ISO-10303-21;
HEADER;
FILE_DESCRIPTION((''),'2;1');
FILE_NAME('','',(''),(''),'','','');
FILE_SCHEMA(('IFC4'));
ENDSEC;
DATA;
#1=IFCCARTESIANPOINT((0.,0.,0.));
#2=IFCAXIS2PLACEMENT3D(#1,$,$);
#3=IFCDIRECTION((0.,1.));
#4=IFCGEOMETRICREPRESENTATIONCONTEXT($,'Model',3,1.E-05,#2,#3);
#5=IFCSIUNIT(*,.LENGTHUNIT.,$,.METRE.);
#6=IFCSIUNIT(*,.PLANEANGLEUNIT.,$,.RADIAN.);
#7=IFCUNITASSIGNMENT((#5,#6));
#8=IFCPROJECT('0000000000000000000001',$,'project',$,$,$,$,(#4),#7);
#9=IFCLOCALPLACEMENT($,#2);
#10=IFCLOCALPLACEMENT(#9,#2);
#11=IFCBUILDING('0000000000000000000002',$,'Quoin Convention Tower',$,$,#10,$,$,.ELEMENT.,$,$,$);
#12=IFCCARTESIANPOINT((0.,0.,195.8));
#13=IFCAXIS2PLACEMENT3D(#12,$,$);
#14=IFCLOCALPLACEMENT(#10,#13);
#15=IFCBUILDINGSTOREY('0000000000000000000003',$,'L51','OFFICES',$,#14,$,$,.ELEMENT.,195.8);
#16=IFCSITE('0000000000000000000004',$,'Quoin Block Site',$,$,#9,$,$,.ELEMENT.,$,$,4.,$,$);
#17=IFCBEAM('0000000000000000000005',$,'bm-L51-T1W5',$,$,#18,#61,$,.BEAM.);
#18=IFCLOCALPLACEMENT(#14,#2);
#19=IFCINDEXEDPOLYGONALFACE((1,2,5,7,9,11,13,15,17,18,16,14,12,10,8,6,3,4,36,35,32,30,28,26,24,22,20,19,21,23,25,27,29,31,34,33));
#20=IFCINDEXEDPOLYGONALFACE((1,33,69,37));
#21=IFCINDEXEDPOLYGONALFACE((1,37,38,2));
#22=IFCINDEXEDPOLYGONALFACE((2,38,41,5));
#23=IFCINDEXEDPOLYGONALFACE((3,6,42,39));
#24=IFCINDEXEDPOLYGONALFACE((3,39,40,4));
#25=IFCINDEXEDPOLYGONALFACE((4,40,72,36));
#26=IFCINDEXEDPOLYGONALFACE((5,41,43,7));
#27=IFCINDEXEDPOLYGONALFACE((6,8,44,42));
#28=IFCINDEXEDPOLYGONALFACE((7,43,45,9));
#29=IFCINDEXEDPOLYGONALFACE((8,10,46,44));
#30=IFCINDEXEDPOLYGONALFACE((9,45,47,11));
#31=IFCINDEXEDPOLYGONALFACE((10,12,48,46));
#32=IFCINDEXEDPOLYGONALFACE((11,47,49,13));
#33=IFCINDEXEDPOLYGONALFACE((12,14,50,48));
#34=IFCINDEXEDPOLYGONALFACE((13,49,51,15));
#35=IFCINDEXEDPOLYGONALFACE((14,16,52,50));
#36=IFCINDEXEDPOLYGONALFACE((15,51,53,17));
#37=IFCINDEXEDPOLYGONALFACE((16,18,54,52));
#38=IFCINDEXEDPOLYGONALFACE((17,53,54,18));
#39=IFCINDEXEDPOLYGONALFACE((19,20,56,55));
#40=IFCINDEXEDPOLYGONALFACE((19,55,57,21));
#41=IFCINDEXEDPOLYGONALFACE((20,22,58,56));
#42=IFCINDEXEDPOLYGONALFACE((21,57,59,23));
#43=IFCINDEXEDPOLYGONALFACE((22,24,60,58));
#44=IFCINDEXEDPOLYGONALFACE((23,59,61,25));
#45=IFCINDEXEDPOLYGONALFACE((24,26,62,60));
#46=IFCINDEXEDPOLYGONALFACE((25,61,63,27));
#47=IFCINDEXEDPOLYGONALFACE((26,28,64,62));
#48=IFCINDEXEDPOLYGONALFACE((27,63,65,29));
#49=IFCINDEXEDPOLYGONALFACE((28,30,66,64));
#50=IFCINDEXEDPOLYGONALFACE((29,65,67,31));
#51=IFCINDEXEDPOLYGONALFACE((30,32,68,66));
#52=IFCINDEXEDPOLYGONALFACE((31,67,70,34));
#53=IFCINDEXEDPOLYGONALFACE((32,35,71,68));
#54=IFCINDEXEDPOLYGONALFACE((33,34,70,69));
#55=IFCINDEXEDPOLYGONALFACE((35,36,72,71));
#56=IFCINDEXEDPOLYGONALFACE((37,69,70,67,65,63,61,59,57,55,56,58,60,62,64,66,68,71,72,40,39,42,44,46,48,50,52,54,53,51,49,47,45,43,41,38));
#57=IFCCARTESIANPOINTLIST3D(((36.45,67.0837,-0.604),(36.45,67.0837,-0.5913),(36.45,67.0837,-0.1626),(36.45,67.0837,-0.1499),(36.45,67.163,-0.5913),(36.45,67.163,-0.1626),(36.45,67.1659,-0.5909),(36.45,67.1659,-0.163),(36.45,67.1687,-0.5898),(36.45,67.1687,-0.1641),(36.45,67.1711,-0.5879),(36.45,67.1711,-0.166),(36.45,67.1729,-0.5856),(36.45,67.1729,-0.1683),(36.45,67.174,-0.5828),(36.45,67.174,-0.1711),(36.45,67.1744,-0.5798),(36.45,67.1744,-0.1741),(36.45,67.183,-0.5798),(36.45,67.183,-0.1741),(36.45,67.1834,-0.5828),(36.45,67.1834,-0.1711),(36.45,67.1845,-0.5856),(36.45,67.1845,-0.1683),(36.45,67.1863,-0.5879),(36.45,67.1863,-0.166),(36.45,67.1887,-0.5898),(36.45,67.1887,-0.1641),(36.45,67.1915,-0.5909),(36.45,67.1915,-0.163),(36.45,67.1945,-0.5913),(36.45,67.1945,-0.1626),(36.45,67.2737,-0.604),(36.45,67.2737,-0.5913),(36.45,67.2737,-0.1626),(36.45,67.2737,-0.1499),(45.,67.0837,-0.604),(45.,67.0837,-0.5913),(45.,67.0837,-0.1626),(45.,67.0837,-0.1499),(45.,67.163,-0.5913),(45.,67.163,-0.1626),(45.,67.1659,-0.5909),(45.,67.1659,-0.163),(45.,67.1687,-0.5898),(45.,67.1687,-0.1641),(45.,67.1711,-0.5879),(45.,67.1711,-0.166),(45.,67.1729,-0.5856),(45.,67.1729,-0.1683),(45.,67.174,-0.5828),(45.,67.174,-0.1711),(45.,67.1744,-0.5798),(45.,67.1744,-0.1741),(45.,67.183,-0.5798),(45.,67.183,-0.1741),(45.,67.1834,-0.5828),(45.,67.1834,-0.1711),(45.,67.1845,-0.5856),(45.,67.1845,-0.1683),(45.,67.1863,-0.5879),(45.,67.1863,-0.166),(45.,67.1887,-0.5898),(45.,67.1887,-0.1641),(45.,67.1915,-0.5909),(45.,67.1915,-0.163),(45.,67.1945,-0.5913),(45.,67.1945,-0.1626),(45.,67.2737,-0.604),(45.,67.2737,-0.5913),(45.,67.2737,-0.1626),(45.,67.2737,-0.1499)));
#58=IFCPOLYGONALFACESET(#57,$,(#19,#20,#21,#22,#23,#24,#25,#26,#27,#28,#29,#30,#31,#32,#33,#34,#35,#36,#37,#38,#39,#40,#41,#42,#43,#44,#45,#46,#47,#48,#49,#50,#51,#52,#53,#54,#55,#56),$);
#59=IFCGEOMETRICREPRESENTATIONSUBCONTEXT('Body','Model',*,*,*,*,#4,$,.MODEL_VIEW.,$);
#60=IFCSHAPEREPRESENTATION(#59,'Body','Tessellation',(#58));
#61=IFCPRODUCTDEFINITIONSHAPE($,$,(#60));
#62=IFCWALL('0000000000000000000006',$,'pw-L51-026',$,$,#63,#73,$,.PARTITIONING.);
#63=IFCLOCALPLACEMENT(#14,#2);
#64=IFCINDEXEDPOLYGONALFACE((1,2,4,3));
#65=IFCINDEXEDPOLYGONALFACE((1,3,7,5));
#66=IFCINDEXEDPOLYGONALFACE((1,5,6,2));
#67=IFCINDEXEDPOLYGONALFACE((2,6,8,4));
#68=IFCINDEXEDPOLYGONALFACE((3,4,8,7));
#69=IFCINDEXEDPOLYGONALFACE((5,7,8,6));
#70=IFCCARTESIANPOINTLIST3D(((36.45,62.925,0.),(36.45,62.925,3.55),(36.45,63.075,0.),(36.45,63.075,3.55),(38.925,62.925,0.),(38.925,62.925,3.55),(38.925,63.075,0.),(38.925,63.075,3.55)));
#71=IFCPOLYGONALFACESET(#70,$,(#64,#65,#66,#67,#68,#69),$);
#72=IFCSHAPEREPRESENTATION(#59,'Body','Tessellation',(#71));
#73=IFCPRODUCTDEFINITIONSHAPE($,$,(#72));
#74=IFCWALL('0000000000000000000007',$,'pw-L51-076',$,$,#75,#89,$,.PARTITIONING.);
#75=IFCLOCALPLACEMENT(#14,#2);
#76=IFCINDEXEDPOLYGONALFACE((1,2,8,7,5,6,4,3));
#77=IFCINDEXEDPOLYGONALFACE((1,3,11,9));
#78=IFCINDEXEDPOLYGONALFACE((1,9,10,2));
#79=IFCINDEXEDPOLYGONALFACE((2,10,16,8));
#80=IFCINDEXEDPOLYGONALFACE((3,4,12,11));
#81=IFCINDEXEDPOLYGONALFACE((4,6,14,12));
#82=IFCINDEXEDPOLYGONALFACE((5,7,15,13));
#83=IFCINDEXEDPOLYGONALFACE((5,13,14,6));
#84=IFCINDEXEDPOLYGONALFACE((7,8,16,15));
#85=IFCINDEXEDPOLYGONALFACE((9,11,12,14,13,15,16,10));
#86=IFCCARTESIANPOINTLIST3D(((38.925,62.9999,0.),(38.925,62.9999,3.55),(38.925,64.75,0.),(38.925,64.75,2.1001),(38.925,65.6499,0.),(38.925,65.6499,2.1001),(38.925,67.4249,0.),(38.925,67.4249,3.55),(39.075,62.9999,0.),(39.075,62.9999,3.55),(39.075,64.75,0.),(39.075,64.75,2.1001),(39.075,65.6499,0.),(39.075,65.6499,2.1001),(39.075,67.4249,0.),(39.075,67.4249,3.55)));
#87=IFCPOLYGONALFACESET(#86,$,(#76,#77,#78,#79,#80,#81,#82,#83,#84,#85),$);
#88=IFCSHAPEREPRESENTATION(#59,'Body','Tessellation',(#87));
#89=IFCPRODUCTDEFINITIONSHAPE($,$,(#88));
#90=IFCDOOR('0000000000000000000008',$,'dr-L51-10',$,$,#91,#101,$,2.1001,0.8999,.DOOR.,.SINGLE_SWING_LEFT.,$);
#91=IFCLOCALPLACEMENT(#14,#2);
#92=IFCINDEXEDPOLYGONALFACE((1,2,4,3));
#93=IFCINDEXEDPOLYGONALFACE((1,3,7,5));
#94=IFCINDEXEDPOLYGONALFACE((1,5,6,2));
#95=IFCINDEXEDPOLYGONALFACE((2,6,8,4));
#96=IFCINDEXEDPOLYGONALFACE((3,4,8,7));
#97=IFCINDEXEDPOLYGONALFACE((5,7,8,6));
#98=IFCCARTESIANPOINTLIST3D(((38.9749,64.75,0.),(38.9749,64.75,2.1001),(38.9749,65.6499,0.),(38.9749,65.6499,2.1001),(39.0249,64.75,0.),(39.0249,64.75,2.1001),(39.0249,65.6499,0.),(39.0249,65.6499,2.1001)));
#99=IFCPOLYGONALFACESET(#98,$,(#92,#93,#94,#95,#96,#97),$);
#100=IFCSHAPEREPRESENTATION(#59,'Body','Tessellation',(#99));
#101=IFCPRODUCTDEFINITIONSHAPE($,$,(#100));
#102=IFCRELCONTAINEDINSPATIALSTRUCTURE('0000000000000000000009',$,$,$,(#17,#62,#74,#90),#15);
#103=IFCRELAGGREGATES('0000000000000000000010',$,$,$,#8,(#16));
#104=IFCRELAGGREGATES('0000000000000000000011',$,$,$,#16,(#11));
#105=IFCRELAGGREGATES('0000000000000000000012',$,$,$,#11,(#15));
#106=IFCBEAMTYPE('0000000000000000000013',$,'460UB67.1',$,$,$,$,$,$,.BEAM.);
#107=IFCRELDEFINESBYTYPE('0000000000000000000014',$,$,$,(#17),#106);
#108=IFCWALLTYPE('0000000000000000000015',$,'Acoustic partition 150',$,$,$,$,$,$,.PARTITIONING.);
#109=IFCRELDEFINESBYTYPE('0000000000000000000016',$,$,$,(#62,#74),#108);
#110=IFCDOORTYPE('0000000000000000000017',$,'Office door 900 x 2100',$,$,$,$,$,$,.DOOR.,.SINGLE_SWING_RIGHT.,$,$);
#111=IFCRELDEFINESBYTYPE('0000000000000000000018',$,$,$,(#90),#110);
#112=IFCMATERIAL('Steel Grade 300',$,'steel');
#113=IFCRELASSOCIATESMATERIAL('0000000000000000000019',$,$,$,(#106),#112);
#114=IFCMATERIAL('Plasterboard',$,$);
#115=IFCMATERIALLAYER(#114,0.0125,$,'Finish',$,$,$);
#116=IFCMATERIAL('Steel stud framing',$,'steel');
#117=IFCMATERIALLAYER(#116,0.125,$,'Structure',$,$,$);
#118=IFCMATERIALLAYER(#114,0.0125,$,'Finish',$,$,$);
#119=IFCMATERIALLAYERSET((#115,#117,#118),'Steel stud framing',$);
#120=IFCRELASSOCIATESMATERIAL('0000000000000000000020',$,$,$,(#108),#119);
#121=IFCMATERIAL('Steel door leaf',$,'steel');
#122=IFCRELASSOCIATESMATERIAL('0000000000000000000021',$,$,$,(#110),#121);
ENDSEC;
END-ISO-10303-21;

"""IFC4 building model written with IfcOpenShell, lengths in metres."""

from ifc_helpers import new_model, si_unit, direction, frame, frame_2d, origin, origin_2d, place, context, subcontext, project, spatial, rectangle, i_section, extrude, material, layer, layer_set, material_profile, profile_set, type_object, element, fill, save


model = new_model("IFC4")

# Units and contexts
model_context = context("Model", 3, precision=1e-05, world=origin(), true_north=direction((0.0, 1.0)))
body_context = subcontext(model_context, "Body", "Model", "MODEL_VIEW")
ifc_project = project(units=[si_unit("LENGTHUNIT", "METRE"), si_unit("PLANEANGLEUNIT", "RADIAN")], contexts=[model_context])

# Site, building, storey
site_placement = place(None, origin())
site = spatial("IfcSite", under=ifc_project, at=site_placement, Name="Quoin Block Site", CompositionType="ELEMENT", RefElevation=4.0)
building_placement = place(site_placement, origin())
building = spatial("IfcBuilding", under=site, at=building_placement, Name="Quoin Convention Tower", CompositionType="ELEMENT")
storey_placement = place(building_placement, frame((0.0, 0.0, 195.8)))
storey = spatial("IfcBuildingStorey", under=building, at=storey_placement, Name="L51", Description="OFFICES", CompositionType="ELEMENT", Elevation=195.8)

# Beam
ifc_material_1 = material(Name="Steel Grade 300", Category="steel")
ifc_material_profile = material_profile(ifc_material_1, i_section(OverallWidth=0.1899, OverallDepth=0.4541, WebThickness=0.0085, FlangeThickness=0.0127, FilletRadius=0.0115, at=origin_2d()), Name="460UB67.1")
ifc_profile_set = profile_set([ifc_material_profile], Name="Steel Grade 300")
beam_type = type_object("IfcBeamType", Name="460UB67.1", PredefinedType="BEAM", material=ifc_profile_set)
beam_placement = place(storey_placement, frame((36.45, 67.1787, -0.377), z_axis=(1.0, 0.0, 0.0), x_axis=(0.0, 1.0, 0.0)))
element("IfcBeam", 1, at=beam_placement, inside=storey, type_object=beam_type, Name="bm-L51-T1W5", PredefinedType="BEAM", context=body_context, shape_type="SweptSolid", body=[
    extrude(i_section(OverallWidth=0.1899, OverallDepth=0.4541, WebThickness=0.0085, FlangeThickness=0.0127, FilletRadius=0.0115, at=origin_2d()), origin(), (0.0, 0.0, 1.0), 8.55),
])

# Wall
ifc_material_2 = material(Name="Plasterboard")
ifc_layer_1 = layer(ifc_material_2, 0.0125, Name="Finish")
ifc_material_3 = material(Name="Steel stud framing", Category="steel")
ifc_layer_2 = layer(ifc_material_3, 0.125, Name="Structure")
ifc_layer_3 = layer(ifc_material_2, 0.0125, Name="Finish")
ifc_layer_set_1 = layer_set([ifc_layer_1, ifc_layer_2, ifc_layer_3], Name="Steel stud framing")
wall_type_1 = type_object("IfcWallType", Name="Acoustic partition 150", PredefinedType="PARTITIONING", material=ifc_layer_set_1)
wall_1_placement = place(storey_placement, frame((36.45, 63.0, 0.0), z_axis=(0.0, 0.0, 1.0), x_axis=(1.0, 0.0, 0.0)))
element("IfcWall", 2, at=wall_1_placement, inside=storey, type_object=wall_type_1, Name="pw-L51-026", PredefinedType="PARTITIONING", context=body_context, shape_type="SweptSolid", body=[
    extrude(rectangle(XDim=2.4751, YDim=0.1499, at=frame_2d((1.2375, 0.0))), origin(), (0.0, 0.0, 1.0), 3.55),
])

# Wall, opening, door
wall_2_placement = place(storey_placement, frame((39.0, 63.0, 0.0), z_axis=(0.0, 0.0, 1.0), x_axis=(0.0, 1.0, 0.0)))
wall_2 = element("IfcWall", 3, at=wall_2_placement, inside=storey, type_object=wall_type_1, Name="pw-L51-076", PredefinedType="PARTITIONING", context=body_context, shape_type="SweptSolid", body=[
    extrude(rectangle(XDim=4.425, YDim=0.1499, at=frame_2d((2.2124, 0.0))), origin(), (0.0, 0.0, 1.0), 3.55),
])
opening_1_placement = place(wall_2_placement, frame((1.75, 0.0, 0.0)))
opening_1 = element("IfcOpeningElement", 4, at=opening_1_placement, cuts=wall_2, PredefinedType="OPENING", context=body_context, shape_type="SweptSolid", body=[
    extrude(rectangle(XDim=0.8999, YDim=2.1001, at=frame_2d((0.45, 1.05))), frame((0.0, 0.085, 0.0), z_axis=(0.0, -1.0, 0.0), x_axis=(1.0, 0.0, 0.0)), (0.0, 0.0, 1.0), 0.1699),
])
ifc_material_4 = material(Name="Steel door leaf", Category="steel")
door_type_1 = type_object("IfcDoorType", Name="Office door 900 x 2100", OperationType="SINGLE_SWING_RIGHT", PredefinedType="DOOR", material=ifc_material_4)
door_1_placement = place(opening_1_placement, frame((0.8999, 0.0, 0.0), z_axis=(0.0, 0.0, 1.0), x_axis=(-1.0, 0.0, 0.0)))
door_1 = element("IfcDoor", 5, at=door_1_placement, inside=storey, type_object=door_type_1, Name="dr-L51-10", OperationType="SINGLE_SWING_LEFT", OverallHeight=2.1001, OverallWidth=0.8999, PredefinedType="DOOR", context=body_context, shape_type="SweptSolid", body=[
    extrude(rectangle(XDim=0.8999, YDim=2.1001, at=frame_2d((0.45, 1.05))), frame((0.0, 0.0249, 0.0), z_axis=(0.0, -1.0, 0.0), x_axis=(1.0, 0.0, 0.0)), (0.0, 0.0, 1.0), 0.05),
])
fill(opening_1, door_1)

save(model, "model.ifc")
